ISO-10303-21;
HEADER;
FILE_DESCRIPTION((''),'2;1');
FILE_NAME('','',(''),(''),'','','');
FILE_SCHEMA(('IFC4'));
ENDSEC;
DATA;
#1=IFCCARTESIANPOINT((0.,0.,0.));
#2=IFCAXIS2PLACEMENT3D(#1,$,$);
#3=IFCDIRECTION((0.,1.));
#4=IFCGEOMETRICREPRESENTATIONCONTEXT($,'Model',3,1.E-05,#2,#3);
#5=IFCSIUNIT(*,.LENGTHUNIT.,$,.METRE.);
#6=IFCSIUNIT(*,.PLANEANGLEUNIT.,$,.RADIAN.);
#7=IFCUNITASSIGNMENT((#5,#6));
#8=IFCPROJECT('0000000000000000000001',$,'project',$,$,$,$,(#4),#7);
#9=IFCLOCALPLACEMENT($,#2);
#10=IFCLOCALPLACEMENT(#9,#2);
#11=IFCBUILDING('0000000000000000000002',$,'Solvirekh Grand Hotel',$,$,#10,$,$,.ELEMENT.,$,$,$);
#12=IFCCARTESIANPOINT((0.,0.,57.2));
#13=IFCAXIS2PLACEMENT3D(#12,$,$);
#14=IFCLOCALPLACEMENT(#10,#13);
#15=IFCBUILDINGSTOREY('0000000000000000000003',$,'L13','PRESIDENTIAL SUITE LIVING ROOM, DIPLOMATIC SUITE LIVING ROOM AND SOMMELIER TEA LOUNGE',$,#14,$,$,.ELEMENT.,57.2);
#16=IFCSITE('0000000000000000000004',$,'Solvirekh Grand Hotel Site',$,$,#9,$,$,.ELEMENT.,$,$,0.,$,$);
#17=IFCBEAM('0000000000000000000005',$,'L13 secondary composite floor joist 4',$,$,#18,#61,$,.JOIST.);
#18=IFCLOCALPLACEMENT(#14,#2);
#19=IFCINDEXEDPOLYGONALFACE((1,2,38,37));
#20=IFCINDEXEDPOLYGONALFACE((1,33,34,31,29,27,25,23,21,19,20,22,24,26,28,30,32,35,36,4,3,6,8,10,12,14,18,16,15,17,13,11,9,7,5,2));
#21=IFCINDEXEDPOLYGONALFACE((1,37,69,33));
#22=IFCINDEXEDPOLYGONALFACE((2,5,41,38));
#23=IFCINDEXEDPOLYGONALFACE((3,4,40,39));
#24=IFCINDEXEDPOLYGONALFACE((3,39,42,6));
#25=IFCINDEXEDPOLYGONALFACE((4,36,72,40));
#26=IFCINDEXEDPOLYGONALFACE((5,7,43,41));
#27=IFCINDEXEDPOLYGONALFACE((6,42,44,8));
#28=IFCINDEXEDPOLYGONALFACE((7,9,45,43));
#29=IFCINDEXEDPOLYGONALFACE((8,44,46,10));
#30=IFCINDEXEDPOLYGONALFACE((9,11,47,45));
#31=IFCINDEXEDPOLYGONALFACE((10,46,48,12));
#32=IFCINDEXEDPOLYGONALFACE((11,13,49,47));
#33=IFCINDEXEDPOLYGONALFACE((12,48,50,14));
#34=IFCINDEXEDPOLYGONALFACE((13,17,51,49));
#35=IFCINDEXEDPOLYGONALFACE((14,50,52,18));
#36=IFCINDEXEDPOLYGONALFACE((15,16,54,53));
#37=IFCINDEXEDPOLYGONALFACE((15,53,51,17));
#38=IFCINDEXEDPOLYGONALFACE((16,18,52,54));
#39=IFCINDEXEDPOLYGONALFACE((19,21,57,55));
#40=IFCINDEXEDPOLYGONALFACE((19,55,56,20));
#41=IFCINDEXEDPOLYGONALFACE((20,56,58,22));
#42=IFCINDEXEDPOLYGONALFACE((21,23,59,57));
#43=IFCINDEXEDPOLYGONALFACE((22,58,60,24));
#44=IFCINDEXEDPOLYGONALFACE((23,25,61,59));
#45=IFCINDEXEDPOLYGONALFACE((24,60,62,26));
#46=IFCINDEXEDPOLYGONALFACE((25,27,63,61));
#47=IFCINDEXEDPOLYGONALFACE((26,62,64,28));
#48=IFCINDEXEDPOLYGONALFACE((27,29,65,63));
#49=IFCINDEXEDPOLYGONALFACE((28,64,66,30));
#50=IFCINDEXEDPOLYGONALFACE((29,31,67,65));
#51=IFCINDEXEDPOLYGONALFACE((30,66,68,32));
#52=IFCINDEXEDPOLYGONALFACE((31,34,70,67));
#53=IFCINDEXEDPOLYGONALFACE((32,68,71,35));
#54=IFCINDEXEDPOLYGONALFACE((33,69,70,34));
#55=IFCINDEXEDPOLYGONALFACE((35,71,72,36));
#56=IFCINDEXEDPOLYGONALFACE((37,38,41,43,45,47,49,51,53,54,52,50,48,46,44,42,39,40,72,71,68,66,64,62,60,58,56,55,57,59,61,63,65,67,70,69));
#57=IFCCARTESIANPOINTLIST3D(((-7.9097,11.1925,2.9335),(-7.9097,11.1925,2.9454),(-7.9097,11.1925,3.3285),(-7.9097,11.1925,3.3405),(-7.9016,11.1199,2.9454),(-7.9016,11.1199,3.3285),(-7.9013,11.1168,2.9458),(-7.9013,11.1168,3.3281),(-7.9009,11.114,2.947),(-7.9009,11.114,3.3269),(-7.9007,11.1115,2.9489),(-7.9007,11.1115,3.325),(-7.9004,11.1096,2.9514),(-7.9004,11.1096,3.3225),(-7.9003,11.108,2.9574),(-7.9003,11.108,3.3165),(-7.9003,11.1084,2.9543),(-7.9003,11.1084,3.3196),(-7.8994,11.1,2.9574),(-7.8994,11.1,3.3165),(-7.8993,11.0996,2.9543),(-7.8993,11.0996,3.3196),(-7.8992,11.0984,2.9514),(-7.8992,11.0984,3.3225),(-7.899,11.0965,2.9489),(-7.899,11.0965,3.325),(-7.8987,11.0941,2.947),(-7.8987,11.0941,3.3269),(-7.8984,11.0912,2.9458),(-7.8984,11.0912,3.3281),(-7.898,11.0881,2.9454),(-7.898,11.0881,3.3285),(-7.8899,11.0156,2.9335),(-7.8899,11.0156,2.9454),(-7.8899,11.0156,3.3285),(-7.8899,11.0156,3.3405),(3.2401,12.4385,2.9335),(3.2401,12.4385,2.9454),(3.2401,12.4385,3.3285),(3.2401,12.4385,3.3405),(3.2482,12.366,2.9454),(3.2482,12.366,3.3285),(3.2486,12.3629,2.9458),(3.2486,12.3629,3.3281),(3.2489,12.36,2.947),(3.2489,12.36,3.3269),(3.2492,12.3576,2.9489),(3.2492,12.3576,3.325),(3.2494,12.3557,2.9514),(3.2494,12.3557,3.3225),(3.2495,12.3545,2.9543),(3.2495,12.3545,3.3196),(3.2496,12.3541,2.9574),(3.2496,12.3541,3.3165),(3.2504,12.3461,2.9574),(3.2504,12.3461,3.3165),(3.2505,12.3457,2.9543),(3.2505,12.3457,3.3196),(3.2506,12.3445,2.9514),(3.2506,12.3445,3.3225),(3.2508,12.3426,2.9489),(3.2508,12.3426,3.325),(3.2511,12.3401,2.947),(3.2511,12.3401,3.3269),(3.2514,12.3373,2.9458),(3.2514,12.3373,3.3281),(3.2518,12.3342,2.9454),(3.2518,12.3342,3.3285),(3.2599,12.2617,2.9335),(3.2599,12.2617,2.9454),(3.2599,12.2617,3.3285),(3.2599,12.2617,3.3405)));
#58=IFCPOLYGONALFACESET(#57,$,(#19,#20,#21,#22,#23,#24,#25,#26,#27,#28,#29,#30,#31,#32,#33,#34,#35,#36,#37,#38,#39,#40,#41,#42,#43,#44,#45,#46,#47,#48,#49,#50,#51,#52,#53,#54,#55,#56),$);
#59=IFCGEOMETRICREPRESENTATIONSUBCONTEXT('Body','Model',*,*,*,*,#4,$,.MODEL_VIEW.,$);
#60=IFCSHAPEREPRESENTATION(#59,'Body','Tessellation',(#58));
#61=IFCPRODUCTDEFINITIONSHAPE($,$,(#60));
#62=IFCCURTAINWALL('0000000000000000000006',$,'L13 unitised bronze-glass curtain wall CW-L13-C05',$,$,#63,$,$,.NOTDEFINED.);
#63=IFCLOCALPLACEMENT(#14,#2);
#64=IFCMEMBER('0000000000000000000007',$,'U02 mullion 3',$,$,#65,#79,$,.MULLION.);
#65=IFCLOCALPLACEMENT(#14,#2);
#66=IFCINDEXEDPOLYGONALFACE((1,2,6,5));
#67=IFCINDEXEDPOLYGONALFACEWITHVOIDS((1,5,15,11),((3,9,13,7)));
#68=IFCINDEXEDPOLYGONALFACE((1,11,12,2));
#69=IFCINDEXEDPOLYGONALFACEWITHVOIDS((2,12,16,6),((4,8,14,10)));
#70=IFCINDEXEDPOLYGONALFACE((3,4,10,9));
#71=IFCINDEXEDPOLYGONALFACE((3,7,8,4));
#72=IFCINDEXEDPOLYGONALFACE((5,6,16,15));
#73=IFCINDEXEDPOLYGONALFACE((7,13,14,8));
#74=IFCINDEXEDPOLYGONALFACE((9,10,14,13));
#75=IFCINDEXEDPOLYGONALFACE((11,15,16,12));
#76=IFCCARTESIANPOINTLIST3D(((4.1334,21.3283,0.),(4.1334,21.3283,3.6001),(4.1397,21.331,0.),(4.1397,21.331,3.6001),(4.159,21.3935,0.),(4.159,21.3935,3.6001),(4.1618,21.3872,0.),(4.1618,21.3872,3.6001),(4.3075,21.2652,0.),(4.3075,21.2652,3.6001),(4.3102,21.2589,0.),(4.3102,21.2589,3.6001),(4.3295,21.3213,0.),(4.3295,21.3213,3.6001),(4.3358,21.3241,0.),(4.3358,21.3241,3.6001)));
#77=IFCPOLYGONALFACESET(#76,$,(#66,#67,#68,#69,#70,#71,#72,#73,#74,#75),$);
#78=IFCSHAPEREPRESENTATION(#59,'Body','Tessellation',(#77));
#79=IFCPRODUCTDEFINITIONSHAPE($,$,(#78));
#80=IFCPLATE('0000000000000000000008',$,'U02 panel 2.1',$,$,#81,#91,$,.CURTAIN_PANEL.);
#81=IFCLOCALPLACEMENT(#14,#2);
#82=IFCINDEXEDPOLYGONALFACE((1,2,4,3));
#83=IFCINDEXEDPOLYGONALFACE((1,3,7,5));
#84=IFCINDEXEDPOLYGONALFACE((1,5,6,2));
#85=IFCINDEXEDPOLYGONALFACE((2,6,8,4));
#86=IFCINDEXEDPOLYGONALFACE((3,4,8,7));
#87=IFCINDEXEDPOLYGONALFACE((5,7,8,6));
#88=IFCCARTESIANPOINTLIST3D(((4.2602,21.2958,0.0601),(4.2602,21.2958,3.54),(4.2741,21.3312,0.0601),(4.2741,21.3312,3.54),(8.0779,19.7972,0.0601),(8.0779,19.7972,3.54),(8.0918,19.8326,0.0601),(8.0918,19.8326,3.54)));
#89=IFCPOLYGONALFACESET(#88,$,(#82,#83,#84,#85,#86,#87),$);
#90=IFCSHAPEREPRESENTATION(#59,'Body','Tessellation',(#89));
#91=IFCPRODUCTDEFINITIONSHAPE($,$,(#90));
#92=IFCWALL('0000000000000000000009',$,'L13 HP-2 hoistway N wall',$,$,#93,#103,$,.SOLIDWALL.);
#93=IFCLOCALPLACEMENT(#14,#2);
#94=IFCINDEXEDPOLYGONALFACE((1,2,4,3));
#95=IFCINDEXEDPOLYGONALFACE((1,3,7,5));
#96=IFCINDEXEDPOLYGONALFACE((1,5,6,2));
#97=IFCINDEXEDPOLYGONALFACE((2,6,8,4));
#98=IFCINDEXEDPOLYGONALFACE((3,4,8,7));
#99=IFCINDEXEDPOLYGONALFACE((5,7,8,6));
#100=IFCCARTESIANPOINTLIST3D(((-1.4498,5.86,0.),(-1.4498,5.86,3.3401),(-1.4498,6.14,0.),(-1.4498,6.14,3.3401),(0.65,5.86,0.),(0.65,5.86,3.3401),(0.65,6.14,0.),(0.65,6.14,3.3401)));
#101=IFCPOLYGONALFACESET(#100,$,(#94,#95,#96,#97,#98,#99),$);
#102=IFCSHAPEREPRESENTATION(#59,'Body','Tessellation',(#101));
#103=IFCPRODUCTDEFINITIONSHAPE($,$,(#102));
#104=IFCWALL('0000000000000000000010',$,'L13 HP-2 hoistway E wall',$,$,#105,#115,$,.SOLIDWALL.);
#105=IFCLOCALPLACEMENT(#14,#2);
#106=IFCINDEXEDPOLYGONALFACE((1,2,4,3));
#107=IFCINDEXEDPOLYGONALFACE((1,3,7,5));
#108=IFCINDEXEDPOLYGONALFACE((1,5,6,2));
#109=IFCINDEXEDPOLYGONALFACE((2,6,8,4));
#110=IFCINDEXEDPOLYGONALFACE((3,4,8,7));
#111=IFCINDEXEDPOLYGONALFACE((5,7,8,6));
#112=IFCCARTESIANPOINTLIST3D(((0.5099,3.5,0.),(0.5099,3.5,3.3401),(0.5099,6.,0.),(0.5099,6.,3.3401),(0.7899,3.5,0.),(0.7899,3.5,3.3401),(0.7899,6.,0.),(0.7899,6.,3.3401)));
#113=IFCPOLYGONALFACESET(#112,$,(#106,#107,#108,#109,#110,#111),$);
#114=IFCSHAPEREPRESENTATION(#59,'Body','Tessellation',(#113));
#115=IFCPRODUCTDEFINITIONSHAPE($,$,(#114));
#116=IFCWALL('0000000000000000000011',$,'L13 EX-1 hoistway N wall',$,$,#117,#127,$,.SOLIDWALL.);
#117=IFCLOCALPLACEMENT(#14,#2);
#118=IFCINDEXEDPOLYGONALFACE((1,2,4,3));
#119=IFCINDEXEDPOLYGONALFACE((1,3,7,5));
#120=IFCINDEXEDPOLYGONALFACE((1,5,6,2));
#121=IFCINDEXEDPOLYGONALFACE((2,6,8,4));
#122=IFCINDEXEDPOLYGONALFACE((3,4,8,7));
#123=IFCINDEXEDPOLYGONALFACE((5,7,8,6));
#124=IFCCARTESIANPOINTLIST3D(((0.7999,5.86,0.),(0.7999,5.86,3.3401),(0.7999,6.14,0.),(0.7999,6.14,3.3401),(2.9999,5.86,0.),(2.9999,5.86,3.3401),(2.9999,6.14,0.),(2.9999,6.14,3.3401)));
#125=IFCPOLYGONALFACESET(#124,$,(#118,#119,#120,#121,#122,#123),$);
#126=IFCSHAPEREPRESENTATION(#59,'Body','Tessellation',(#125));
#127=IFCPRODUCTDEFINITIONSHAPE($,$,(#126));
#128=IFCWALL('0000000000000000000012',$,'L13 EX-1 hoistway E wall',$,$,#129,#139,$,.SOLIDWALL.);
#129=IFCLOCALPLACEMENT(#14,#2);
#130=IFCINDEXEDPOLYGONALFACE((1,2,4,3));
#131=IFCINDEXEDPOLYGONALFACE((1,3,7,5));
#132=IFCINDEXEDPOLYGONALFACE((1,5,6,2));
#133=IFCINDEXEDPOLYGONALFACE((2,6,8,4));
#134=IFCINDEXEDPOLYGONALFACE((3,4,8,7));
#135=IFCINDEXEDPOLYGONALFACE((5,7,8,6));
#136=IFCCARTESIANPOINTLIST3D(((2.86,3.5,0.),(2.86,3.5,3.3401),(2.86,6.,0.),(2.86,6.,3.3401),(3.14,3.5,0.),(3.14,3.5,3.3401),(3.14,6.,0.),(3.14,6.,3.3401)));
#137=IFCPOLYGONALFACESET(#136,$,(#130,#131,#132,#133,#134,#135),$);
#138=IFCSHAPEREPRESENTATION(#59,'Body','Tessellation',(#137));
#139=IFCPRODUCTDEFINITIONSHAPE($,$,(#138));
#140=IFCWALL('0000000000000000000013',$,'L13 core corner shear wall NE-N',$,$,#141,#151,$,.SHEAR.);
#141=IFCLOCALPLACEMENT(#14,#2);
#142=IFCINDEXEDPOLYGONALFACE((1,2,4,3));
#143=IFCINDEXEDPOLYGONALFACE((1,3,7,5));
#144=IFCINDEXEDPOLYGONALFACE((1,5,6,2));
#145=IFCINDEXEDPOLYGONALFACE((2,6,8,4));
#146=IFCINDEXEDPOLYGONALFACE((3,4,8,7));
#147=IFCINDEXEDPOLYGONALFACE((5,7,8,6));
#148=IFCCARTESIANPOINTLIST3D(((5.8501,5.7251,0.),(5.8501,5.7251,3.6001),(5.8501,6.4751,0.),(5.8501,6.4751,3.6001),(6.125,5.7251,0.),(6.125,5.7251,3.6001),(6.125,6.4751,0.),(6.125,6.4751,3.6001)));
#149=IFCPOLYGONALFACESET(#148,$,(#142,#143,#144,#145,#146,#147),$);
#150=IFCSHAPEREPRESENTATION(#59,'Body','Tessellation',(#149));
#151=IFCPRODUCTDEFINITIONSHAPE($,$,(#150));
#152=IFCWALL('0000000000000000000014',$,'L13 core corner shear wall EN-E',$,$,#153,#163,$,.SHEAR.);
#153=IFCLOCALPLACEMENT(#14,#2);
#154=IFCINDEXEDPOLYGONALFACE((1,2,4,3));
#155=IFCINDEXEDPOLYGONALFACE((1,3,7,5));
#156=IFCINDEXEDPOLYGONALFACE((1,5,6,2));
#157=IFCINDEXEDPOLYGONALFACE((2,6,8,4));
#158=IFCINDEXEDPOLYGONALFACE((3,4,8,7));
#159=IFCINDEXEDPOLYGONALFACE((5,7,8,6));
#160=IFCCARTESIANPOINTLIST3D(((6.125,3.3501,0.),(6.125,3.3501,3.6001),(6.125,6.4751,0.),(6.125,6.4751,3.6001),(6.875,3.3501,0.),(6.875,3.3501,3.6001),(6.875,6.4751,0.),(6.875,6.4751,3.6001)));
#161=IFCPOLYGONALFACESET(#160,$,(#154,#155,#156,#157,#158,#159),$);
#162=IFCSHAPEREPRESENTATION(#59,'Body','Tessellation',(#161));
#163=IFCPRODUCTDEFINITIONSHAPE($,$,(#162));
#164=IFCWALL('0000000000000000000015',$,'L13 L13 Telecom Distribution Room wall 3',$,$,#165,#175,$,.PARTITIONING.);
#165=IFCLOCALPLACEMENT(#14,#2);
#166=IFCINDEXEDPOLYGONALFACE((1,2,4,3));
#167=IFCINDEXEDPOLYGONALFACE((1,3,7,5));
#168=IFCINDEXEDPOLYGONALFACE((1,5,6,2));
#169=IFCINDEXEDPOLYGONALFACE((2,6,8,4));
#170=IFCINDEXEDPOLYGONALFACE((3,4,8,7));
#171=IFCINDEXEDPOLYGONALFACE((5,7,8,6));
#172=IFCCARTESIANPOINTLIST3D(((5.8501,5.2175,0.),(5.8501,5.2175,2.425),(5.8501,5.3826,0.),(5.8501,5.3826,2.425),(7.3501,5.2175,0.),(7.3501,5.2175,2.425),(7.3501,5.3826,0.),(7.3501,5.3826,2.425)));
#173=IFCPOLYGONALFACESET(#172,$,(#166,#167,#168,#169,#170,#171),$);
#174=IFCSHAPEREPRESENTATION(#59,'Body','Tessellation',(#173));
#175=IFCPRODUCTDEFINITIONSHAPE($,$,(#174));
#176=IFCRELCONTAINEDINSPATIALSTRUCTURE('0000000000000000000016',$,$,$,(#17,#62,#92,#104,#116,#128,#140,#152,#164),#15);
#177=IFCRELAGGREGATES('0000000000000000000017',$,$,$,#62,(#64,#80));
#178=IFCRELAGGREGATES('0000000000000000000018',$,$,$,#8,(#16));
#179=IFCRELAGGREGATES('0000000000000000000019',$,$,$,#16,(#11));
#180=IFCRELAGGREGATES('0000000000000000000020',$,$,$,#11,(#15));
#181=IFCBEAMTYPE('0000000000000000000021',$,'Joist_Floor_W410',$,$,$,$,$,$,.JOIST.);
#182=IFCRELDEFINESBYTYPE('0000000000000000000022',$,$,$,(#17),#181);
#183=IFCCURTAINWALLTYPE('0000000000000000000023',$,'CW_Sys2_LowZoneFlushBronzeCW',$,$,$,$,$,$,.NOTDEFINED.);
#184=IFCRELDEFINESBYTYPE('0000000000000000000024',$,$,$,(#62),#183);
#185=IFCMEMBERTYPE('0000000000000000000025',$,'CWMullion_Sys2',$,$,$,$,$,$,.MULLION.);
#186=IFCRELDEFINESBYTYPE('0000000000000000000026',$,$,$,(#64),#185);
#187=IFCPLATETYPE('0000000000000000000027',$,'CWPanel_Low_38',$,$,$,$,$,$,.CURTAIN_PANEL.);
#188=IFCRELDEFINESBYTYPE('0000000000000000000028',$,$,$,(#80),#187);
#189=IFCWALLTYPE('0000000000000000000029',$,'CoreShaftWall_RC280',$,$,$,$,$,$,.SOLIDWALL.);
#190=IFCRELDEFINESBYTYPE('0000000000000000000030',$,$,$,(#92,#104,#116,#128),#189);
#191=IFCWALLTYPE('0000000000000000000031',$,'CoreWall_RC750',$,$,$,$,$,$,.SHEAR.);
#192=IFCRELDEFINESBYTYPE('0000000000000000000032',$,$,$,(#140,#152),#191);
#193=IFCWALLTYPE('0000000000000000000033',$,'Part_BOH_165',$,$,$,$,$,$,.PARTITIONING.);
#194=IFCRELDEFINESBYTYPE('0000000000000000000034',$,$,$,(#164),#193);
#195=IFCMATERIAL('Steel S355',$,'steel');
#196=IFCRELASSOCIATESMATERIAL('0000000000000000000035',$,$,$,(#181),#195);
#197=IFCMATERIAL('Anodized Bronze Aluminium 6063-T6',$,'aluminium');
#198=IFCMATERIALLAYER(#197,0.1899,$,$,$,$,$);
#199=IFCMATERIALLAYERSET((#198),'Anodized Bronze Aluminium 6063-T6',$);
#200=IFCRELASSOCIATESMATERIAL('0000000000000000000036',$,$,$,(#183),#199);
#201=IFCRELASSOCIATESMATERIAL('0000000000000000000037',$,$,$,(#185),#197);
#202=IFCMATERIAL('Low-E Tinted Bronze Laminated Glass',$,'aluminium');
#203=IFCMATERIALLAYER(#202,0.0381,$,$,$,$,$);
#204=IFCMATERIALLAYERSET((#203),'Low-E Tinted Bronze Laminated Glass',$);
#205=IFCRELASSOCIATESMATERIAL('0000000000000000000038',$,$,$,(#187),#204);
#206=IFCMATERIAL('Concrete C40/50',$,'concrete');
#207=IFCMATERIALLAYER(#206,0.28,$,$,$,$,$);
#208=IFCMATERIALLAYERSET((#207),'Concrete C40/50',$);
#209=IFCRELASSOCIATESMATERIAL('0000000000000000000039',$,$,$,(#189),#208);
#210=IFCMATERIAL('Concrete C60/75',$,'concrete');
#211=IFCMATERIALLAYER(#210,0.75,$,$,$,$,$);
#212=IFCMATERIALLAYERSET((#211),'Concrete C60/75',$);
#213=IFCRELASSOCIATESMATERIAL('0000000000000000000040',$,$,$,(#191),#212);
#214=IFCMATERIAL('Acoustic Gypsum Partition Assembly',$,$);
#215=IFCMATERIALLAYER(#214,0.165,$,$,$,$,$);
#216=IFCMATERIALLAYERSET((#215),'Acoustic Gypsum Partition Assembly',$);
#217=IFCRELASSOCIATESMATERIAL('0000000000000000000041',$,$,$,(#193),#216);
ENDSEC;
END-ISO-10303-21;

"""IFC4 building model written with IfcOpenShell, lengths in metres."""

from ifc_helpers import new_model, si_unit, direction, frame, frame_2d, origin, origin_2d, place, context, subcontext, project, spatial, rectangle, hollow_rectangle, i_section, extrude, source, transform, mapped, material, layer, layer_set, material_profile, profile_set, type_object, element, aggregate, save


model = new_model("IFC4")

# Units and contexts
model_context = context("Model", 3, precision=1e-05, world=origin(), true_north=direction((0.0, 1.0)))
body_context = subcontext(model_context, "Body", "Model", "MODEL_VIEW")
ifc_project = project(units=[si_unit("LENGTHUNIT", "METRE"), si_unit("PLANEANGLEUNIT", "RADIAN")], contexts=[model_context])

# Site, building, storey
site_placement = place(None, origin())
site = spatial("IfcSite", under=ifc_project, at=site_placement, Name="Solvirekh Grand Hotel Site", CompositionType="ELEMENT", RefElevation=0.0)
building_placement = place(site_placement, origin())
building = spatial("IfcBuilding", under=site, at=building_placement, Name="Solvirekh Grand Hotel", CompositionType="ELEMENT")
storey_placement = place(building_placement, frame((0.0, 0.0, 57.2)))
storey = spatial("IfcBuildingStorey", under=building, at=storey_placement, Name="L13", Description="PRESIDENTIAL SUITE LIVING ROOM, DIPLOMATIC SUITE LIVING ROOM AND SOMMELIER TEA LOUNGE", CompositionType="ELEMENT", Elevation=57.2)

# Shared definitions
ifc_material_1 = material(Name="Concrete C60/75", Category="concrete")

# Beam
ifc_material_2 = material(Name="Steel S355", Category="steel")
ifc_material_profile_1 = material_profile(ifc_material_2, i_section(OverallWidth=0.178, OverallDepth=0.407, WebThickness=0.0081, FlangeThickness=0.012, FilletRadius=0.012, at=origin_2d()), Name="W410X60")
ifc_profile_set_1 = profile_set([ifc_material_profile_1], Name="Steel S355")
beam_type_1 = type_object("IfcBeamType", Name="Joist_Floor_W410", PredefinedType="JOIST", material=ifc_profile_set_1)
beam_1_placement = place(storey_placement, frame((3.25, 12.3501, 3.137), z_axis=(-0.993813, -0.111067, 0.0), x_axis=(0.111067, -0.993813, 0.0)))
element("IfcBeam", 1, at=beam_1_placement, inside=storey, type_object=beam_type_1, Name="L13 secondary composite floor joist 4", PredefinedType="JOIST", context=body_context, shape_type="SweptSolid", body=[
    extrude(i_section(OverallWidth=0.178, OverallDepth=0.407, WebThickness=0.0081, FlangeThickness=0.012, FilletRadius=0.012, at=origin_2d()), origin(), (0.0, 0.0, 1.0), 11.2192),
])

# Curtain wall, member, plate
ifc_material_3 = material(Name="Anodized Bronze Aluminium 6063-T6", Category="aluminium")
ifc_layer_1 = layer(ifc_material_3, 0.1899)
ifc_layer_set_1 = layer_set([ifc_layer_1], Name="Anodized Bronze Aluminium 6063-T6")
curtain_wall_type = type_object("IfcCurtainWallType", Name="CW_Sys2_LowZoneFlushBronzeCW", PredefinedType="NOTDEFINED", material=ifc_layer_set_1)
curtain_wall_placement = place(storey_placement, origin())
curtain_wall = element("IfcCurtainWall", 2, at=curtain_wall_placement, inside=storey, type_object=curtain_wall_type, Name="L13 unitised bronze-glass curtain wall CW-L13-C05", PredefinedType="NOTDEFINED")
ifc_material_profile_2 = material_profile(ifc_material_3, hollow_rectangle(XDim=0.0701, YDim=0.1899, WallThickness=0.0049, at=origin_2d()), Name="ALU RHS 190X70X5")
ifc_profile_set_2 = profile_set([ifc_material_profile_2], Name="Anodized Bronze Aluminium 6063-T6")
member_type = type_object("IfcMemberType", Name="CWMullion_Sys2", PredefinedType="MULLION", material=ifc_profile_set_2)
shared_shape_1 = source(origin(), body_context, "Body", "SweptSolid", [
    extrude(hollow_rectangle(XDim=0.0701, YDim=0.1899, WallThickness=0.0049, at=origin_2d()), origin(), (0.0, 0.0, 1.0), 3.6001),
])
member_placement = place(storey_placement, frame((4.2346, 21.3262, 0.0), z_axis=(0.0, 0.0, 1.0), x_axis=(-0.365399, -0.930851, 0.0)))
member = element("IfcMember", 3, at=member_placement, type_object=member_type, Name="U02 mullion 3", PredefinedType="MULLION", context=body_context, shape_type="MappedRepresentation", body=[
    mapped(shared_shape_1, transform((0.0, 0.0, 0.0), x_axis=(1.0, 0.0, 0.0), y_axis=(0.0, 1.0, 0.0), z_axis=(0.0, 0.0, 1.0), scale=1.0)),
])
ifc_material_4 = material(Name="Low-E Tinted Bronze Laminated Glass", Category="aluminium")
ifc_layer_2 = layer(ifc_material_4, 0.0381)
ifc_layer_set_2 = layer_set([ifc_layer_2], Name="Low-E Tinted Bronze Laminated Glass")
plate_type = type_object("IfcPlateType", Name="CWPanel_Low_38", PredefinedType="CURTAIN_PANEL", material=ifc_layer_set_2)
shared_shape_2 = source(origin(), body_context, "Body", "SweptSolid", [
    extrude(rectangle(XDim=4.1013, YDim=0.0381, at=origin_2d()), origin(), (0.0, 0.0, 1.0), 3.48),
])
plate_placement = place(storey_placement, frame((6.176, 20.5642, 0.0601), z_axis=(0.0, 0.0, 1.0), x_axis=(-0.930851, 0.365399, 0.0)))
plate = element("IfcPlate", 4, at=plate_placement, type_object=plate_type, Name="U02 panel 2.1", PredefinedType="CURTAIN_PANEL", context=body_context, shape_type="MappedRepresentation", body=[
    mapped(shared_shape_2, transform((0.0, 0.0, 0.0), x_axis=(1.0, 0.0, 0.0), y_axis=(0.0, 1.0, 0.0), z_axis=(0.0, 0.0, 1.0), scale=1.0)),
])
aggregate(curtain_wall, [member, plate])

# Walls
ifc_material_5 = material(Name="Concrete C40/50", Category="concrete")
ifc_layer_3 = layer(ifc_material_5, 0.28)
ifc_layer_set_3 = layer_set([ifc_layer_3], Name="Concrete C40/50")
wall_type_1 = type_object("IfcWallType", Name="CoreShaftWall_RC280", PredefinedType="SOLIDWALL", material=ifc_layer_set_3)
wall_1_placement = place(storey_placement, frame((0.6499, 6.0, 0.0), z_axis=(0.0, 0.0, 1.0), x_axis=(-1.0, 0.0, 0.0)))
element("IfcWall", 5, at=wall_1_placement, inside=storey, type_object=wall_type_1, Name="L13 HP-2 hoistway N wall", PredefinedType="SOLIDWALL", context=body_context, shape_type="SweptSolid", body=[
    extrude(rectangle(XDim=2.0999, YDim=0.28, at=frame_2d((1.0498, 0.0))), origin(), (0.0, 0.0, 1.0), 3.3401),
])
wall_2_placement = place(storey_placement, frame((0.6499, 3.5, 0.0), z_axis=(0.0, 0.0, 1.0), x_axis=(0.0, 1.0, 0.0)))
element("IfcWall", 6, at=wall_2_placement, inside=storey, type_object=wall_type_1, Name="L13 HP-2 hoistway E wall", PredefinedType="SOLIDWALL", context=body_context, shape_type="SweptSolid", body=[
    extrude(rectangle(XDim=2.5, YDim=0.28, at=frame_2d((1.25, 0.0))), origin(), (0.0, 0.0, 1.0), 3.3401),
])
wall_3_placement = place(storey_placement, frame((3.0, 6.0, 0.0), z_axis=(0.0, 0.0, 1.0), x_axis=(-1.0, 0.0, 0.0)))
element("IfcWall", 7, at=wall_3_placement, inside=storey, type_object=wall_type_1, Name="L13 EX-1 hoistway N wall", PredefinedType="SOLIDWALL", context=body_context, shape_type="SweptSolid", body=[
    extrude(rectangle(XDim=2.2, YDim=0.28, at=frame_2d((1.1001, 0.0))), origin(), (0.0, 0.0, 1.0), 3.3401),
])
wall_4_placement = place(storey_placement, frame((3.0, 3.5, 0.0), z_axis=(0.0, 0.0, 1.0), x_axis=(0.0, 1.0, 0.0)))
element("IfcWall", 8, at=wall_4_placement, inside=storey, type_object=wall_type_1, Name="L13 EX-1 hoistway E wall", PredefinedType="SOLIDWALL", context=body_context, shape_type="SweptSolid", body=[
    extrude(rectangle(XDim=2.5, YDim=0.28, at=frame_2d((1.25, 0.0))), origin(), (0.0, 0.0, 1.0), 3.3401),
])
ifc_layer_4 = layer(ifc_material_1, 0.75)
ifc_layer_set_4 = layer_set([ifc_layer_4], Name="Concrete C60/75")
wall_type_2 = type_object("IfcWallType", Name="CoreWall_RC750", PredefinedType="SHEAR", material=ifc_layer_set_4)
wall_5_placement = place(storey_placement, frame((5.8501, 6.1001, 0.0), z_axis=(0.0, 0.0, 1.0), x_axis=(1.0, 0.0, 0.0)))
element("IfcWall", 9, at=wall_5_placement, inside=storey, type_object=wall_type_2, Name="L13 core corner shear wall NE-N", PredefinedType="SHEAR", context=body_context, shape_type="SweptSolid", body=[
    extrude(rectangle(XDim=0.2749, YDim=0.75, at=frame_2d((0.1375, 0.0))), origin(), (0.0, 0.0, 1.0), 3.6001),
])
wall_6_placement = place(storey_placement, frame((6.5, 3.3501, 0.0), z_axis=(0.0, 0.0, 1.0), x_axis=(0.0, 1.0, 0.0)))
element("IfcWall", 10, at=wall_6_placement, inside=storey, type_object=wall_type_2, Name="L13 core corner shear wall EN-E", PredefinedType="SHEAR", context=body_context, shape_type="SweptSolid", body=[
    extrude(rectangle(XDim=3.125, YDim=0.75, at=frame_2d((1.5625, 0.0))), origin(), (0.0, 0.0, 1.0), 3.6001),
])

# Shared definitions
ifc_material_6 = material(Name="Acoustic Gypsum Partition Assembly")
ifc_layer_5 = layer(ifc_material_6, 0.165)
ifc_layer_set_5 = layer_set([ifc_layer_5], Name="Acoustic Gypsum Partition Assembly")
wall_type_3 = type_object("IfcWallType", Name="Part_BOH_165", PredefinedType="PARTITIONING", material=ifc_layer_set_5)

# Wall
wall_7_placement = place(storey_placement, frame((7.3501, 5.3, 0.0), z_axis=(0.0, 0.0, 1.0), x_axis=(-1.0, 0.0, 0.0)))
element("IfcWall", 11, at=wall_7_placement, inside=storey, type_object=wall_type_3, Name="L13 L13 Telecom Distribution Room wall 3", PredefinedType="PARTITIONING", context=body_context, shape_type="SweptSolid", body=[
    extrude(rectangle(XDim=1.5, YDim=0.165, at=frame_2d((0.75, 0.0))), origin(), (0.0, 0.0, 1.0), 2.425),
])

save(model, "model.ifc")
